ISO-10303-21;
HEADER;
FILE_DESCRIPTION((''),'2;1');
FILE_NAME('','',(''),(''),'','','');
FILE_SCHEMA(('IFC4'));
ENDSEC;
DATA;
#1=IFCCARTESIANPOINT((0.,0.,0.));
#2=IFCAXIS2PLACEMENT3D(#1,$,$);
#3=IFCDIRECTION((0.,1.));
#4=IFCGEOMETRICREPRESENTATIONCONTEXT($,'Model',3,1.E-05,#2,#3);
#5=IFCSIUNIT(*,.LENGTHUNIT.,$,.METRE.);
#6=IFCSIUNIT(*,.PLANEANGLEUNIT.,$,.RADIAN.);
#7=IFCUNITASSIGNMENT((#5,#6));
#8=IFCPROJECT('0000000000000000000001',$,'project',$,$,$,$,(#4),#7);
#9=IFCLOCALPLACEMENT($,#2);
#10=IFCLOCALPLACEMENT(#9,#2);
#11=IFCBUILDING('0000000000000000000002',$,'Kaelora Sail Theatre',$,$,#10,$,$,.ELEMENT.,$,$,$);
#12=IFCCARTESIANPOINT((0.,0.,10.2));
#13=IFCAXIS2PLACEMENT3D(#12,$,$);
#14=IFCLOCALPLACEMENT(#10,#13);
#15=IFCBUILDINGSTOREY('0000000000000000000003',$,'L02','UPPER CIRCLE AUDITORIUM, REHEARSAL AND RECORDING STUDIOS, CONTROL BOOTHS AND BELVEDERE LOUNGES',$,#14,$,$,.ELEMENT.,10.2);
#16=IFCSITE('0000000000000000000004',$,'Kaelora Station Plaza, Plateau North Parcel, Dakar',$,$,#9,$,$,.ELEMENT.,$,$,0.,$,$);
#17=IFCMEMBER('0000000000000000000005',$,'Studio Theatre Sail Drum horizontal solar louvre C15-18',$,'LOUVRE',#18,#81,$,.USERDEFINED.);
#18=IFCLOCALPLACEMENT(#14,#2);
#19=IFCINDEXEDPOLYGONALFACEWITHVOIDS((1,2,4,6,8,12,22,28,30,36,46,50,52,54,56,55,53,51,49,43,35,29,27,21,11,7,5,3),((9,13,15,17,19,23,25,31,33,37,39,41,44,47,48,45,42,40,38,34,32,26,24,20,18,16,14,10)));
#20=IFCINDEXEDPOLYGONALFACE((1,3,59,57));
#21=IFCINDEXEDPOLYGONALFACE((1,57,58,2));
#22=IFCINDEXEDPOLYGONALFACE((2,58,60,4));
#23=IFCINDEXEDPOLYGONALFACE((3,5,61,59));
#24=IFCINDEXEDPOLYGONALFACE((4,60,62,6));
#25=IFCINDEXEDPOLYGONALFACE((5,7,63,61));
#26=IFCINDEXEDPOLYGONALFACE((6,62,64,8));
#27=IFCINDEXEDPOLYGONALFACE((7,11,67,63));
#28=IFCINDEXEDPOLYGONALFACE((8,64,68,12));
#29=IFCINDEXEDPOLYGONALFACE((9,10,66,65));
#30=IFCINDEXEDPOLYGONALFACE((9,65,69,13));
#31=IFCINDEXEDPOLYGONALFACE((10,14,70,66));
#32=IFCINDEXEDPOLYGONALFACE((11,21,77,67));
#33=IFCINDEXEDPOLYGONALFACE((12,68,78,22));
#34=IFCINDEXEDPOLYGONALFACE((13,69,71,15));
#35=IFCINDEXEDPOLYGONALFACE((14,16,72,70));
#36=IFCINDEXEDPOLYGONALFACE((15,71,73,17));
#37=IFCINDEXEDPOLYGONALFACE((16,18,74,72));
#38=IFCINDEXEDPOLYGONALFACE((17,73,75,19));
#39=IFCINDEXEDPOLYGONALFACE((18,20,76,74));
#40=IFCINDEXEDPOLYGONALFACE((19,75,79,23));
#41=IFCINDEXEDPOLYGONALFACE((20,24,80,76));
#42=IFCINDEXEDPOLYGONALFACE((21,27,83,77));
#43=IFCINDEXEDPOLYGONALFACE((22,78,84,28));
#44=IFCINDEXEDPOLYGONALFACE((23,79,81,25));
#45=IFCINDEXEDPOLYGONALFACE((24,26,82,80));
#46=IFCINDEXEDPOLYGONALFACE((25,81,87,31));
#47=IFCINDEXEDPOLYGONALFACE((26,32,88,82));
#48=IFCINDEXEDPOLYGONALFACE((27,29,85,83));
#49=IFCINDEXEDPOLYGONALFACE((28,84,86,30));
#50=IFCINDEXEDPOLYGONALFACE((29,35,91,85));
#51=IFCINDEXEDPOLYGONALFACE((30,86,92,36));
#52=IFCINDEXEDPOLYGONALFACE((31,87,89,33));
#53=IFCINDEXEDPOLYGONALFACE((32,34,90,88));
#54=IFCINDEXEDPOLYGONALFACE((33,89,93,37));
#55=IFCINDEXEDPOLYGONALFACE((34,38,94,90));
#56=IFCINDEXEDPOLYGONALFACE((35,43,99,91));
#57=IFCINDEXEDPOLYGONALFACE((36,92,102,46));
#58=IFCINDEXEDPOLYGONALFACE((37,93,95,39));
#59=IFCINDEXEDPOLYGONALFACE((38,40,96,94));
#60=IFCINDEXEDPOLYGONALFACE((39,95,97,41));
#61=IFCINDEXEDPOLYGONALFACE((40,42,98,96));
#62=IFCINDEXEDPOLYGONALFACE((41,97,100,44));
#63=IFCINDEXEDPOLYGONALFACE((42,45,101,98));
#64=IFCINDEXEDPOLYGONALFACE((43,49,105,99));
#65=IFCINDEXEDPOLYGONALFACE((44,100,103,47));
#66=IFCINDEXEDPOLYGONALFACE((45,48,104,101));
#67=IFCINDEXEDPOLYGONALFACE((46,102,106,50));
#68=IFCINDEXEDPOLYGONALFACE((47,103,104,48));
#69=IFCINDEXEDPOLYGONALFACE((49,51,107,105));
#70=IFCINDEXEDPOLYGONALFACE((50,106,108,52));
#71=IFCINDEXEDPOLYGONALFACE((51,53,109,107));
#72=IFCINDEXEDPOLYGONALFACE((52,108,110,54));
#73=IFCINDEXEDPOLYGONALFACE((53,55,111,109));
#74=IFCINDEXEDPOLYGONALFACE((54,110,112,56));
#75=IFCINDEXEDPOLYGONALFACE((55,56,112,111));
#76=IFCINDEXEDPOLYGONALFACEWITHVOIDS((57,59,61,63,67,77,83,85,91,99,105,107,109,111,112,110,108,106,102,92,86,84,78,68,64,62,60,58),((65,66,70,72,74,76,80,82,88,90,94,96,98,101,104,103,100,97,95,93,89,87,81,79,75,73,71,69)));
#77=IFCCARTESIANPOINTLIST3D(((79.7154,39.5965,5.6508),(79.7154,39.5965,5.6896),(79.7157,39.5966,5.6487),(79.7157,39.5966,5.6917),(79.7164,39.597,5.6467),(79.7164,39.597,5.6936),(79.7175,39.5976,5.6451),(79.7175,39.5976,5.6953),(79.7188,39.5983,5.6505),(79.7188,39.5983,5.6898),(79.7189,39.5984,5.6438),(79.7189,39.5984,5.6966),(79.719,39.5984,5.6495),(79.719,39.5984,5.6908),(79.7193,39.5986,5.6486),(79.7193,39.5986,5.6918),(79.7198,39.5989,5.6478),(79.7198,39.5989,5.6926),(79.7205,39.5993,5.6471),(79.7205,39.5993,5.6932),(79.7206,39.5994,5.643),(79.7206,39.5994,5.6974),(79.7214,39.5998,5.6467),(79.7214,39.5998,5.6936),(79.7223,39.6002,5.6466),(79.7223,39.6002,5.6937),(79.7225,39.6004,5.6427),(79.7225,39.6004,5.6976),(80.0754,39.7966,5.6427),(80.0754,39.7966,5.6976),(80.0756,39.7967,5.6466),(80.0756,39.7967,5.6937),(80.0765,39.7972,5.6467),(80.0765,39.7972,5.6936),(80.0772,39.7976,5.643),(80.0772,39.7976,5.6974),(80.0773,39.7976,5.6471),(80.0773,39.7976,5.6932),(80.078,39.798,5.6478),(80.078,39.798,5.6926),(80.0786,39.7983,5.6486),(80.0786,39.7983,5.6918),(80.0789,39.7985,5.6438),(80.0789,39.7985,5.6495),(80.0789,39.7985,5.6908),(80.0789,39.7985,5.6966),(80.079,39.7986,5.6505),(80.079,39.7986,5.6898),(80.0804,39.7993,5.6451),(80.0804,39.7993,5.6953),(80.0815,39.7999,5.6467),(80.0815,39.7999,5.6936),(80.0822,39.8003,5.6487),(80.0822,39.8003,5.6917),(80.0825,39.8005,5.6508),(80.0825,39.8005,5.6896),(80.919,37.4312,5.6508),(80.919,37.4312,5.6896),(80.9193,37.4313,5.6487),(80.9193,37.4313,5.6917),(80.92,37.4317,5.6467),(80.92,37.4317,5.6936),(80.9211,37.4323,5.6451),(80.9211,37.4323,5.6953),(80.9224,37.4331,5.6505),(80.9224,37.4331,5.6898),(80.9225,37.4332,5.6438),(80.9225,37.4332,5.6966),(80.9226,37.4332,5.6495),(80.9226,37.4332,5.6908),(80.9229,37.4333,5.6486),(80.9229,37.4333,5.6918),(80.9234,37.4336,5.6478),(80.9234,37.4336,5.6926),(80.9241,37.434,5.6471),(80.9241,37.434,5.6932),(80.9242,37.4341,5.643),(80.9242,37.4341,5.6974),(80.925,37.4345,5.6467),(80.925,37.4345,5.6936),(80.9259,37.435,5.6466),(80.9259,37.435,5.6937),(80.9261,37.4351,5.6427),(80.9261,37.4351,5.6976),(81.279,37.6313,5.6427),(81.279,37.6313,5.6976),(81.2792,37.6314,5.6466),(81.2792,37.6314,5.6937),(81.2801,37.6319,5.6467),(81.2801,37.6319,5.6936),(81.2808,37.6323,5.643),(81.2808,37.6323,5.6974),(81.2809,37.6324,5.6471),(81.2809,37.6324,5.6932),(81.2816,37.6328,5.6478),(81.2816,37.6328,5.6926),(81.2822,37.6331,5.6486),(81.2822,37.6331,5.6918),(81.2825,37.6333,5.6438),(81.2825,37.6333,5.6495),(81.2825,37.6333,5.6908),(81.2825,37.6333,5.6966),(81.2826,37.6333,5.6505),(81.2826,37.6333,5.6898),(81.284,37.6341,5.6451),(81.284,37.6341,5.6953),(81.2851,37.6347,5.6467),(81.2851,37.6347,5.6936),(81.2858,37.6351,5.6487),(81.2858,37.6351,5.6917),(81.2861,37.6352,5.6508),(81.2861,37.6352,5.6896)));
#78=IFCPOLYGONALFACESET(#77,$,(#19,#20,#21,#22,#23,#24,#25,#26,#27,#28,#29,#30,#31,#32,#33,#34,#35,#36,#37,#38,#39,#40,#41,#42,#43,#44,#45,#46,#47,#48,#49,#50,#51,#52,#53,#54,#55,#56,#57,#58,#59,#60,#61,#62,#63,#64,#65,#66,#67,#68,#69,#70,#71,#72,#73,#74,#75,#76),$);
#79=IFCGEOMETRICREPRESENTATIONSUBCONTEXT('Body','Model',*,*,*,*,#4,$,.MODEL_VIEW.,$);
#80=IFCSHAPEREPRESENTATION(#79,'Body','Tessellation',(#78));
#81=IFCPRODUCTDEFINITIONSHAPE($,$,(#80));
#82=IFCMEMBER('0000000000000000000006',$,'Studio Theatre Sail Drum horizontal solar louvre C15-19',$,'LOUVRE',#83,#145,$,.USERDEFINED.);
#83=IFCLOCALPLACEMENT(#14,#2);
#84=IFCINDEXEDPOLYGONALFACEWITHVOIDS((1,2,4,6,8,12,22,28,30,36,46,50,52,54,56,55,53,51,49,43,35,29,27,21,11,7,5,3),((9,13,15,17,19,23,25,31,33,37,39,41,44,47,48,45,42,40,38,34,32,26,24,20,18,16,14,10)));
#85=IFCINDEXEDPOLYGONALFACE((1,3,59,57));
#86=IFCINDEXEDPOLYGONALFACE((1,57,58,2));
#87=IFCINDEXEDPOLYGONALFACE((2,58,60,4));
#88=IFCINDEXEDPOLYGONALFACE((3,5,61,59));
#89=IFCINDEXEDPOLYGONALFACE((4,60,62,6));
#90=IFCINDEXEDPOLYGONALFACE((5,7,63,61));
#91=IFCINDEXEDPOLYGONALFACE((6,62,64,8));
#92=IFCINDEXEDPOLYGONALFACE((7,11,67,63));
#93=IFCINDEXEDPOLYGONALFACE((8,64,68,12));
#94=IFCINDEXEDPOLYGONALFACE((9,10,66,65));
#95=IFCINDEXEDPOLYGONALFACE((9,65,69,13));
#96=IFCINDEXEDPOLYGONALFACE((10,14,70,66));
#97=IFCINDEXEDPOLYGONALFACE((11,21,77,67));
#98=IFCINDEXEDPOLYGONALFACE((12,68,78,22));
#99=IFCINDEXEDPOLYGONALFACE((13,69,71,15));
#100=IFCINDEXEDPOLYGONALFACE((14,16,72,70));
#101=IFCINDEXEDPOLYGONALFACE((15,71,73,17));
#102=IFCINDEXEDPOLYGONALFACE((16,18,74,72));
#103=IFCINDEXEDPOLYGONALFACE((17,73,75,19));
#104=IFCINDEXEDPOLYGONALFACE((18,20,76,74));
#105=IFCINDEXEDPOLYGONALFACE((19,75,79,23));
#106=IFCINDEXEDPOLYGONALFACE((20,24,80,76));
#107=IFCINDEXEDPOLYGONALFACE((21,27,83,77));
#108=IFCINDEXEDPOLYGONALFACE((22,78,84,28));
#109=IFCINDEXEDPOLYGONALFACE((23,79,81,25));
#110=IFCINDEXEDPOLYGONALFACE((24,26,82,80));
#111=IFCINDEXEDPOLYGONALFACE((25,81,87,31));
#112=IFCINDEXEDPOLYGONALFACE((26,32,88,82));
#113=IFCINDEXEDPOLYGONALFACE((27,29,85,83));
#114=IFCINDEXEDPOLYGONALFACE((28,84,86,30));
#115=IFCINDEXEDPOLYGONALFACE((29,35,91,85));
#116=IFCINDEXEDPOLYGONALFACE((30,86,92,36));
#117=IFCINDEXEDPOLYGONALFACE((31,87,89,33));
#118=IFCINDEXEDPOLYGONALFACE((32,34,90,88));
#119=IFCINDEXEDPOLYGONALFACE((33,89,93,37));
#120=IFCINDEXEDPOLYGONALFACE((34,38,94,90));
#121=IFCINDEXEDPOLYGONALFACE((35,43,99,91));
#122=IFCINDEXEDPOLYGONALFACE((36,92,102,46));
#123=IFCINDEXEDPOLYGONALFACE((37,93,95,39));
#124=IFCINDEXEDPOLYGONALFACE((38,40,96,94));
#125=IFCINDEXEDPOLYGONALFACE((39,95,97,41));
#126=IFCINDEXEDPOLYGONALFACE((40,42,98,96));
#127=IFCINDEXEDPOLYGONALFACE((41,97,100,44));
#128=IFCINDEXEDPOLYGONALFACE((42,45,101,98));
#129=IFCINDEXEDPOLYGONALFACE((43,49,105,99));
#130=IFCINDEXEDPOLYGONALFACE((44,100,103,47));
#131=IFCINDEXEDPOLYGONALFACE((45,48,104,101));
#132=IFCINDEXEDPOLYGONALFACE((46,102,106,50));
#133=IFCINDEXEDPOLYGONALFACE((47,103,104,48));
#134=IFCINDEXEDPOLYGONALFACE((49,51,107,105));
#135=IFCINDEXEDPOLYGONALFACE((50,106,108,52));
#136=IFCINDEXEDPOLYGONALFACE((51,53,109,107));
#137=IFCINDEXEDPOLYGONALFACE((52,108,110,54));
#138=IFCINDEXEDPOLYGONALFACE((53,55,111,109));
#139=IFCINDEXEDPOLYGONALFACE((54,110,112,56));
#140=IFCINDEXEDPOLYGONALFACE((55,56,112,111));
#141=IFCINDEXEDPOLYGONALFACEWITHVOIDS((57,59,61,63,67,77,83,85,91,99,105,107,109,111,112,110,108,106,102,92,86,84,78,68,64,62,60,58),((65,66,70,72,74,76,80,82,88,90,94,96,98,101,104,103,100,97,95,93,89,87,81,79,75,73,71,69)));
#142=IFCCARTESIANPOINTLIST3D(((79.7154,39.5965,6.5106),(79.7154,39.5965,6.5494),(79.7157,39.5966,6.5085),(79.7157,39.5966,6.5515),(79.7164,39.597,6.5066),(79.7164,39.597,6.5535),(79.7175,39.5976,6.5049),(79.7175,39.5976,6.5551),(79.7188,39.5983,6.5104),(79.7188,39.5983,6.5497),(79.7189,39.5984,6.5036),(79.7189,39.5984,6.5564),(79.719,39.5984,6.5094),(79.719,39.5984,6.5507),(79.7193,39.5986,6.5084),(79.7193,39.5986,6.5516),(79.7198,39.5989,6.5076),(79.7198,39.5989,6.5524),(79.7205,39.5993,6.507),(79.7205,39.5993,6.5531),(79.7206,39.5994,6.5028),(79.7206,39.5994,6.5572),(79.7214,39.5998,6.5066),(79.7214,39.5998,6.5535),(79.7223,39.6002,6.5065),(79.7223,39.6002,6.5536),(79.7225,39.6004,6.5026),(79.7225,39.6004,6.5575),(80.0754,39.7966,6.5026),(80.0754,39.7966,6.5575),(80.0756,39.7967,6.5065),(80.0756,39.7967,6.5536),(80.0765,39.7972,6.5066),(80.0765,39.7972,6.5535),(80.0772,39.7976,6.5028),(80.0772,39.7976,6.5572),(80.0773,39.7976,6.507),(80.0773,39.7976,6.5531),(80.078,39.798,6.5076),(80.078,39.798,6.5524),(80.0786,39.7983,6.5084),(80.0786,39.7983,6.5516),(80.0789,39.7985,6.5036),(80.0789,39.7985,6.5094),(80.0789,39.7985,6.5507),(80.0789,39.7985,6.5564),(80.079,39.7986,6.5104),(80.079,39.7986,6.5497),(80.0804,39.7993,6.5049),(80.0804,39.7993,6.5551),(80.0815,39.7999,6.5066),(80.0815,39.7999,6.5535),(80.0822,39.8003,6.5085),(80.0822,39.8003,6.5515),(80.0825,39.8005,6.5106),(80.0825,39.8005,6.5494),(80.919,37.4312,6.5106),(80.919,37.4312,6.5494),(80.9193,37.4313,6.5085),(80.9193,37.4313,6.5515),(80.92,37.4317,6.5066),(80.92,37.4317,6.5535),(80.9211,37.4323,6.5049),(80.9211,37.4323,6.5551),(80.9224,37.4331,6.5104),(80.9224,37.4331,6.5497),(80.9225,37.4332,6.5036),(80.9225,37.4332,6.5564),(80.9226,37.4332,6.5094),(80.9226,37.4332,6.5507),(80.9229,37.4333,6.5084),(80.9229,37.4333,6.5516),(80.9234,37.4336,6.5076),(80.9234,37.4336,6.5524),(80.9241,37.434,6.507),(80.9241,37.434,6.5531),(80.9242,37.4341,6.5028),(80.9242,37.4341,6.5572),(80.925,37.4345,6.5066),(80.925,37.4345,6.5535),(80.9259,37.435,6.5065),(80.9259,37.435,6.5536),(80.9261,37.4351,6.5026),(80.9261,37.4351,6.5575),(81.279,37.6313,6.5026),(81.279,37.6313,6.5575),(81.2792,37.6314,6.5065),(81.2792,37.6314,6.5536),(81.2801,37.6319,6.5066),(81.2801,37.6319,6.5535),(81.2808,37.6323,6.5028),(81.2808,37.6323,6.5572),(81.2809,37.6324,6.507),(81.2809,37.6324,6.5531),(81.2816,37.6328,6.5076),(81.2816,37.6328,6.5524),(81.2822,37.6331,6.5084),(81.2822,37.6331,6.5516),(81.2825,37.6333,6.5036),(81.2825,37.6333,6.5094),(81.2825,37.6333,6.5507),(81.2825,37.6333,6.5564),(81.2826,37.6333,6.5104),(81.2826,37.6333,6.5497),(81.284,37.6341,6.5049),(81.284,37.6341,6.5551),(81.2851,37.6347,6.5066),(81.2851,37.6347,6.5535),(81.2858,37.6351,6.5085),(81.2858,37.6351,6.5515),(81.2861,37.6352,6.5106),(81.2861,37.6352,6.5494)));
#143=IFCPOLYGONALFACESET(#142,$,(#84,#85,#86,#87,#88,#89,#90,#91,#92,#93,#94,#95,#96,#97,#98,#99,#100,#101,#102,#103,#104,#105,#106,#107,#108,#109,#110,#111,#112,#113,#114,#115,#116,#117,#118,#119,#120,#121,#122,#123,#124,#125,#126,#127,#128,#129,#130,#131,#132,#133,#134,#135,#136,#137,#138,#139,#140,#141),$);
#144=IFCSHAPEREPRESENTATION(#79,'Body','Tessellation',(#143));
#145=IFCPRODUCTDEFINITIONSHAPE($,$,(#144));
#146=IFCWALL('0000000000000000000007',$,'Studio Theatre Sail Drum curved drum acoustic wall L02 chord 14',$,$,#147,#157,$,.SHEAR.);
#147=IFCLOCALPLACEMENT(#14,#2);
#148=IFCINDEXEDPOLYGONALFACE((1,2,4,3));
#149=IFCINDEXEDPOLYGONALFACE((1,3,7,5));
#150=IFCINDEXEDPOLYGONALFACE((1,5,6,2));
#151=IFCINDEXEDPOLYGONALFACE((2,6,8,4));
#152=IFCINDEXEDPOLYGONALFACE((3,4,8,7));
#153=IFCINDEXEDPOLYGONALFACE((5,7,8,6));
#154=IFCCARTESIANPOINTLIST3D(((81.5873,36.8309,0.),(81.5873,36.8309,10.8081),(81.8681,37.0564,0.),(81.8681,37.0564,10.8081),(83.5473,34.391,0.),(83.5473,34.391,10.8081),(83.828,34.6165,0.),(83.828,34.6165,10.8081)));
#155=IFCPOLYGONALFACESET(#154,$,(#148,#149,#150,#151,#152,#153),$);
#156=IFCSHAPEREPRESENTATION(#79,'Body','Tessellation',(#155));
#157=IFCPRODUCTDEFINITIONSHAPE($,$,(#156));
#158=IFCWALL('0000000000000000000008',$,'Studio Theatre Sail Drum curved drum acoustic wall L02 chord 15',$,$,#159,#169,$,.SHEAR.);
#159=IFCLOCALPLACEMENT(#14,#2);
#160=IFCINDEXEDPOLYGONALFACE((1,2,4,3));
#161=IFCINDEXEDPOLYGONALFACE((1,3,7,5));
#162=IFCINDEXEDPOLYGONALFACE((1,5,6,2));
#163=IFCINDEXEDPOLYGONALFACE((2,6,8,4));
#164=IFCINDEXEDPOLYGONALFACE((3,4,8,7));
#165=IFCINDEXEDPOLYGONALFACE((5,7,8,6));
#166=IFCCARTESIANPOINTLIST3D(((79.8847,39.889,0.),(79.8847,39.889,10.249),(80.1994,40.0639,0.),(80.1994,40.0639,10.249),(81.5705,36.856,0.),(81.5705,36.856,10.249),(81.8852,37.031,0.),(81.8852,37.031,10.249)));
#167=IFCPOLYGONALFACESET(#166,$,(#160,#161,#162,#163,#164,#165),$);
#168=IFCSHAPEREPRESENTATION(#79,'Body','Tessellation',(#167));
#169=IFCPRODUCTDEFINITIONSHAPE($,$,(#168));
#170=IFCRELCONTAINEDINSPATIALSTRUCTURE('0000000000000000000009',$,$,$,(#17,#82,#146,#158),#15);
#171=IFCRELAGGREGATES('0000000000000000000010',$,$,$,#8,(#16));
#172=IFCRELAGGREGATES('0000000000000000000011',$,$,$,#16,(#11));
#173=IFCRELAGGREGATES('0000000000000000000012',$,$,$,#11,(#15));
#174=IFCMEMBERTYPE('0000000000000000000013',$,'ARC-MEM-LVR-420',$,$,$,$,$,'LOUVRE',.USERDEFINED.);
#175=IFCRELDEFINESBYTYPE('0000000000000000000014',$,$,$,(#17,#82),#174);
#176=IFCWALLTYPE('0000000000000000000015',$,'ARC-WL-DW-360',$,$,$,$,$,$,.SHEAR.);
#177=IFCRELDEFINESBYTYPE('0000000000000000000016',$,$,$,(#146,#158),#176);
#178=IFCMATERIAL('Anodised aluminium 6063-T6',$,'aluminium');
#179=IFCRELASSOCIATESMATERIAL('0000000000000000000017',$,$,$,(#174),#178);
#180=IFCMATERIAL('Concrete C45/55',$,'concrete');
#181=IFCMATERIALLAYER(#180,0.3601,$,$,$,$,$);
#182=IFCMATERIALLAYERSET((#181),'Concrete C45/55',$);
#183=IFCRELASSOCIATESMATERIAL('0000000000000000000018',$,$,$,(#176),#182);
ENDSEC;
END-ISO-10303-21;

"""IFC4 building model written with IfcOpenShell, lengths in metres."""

from ifc_helpers import new_model, si_unit, direction, frame, frame_2d, origin, origin_2d, place, context, subcontext, project, spatial, rectangle, hollow_rectangle, extrude, material, layer, layer_set, material_profile, profile_set, type_object, element, save


model = new_model("IFC4")

# Units and contexts
model_context = context("Model", 3, precision=1e-05, world=origin(), true_north=direction((0.0, 1.0)))
body_context = subcontext(model_context, "Body", "Model", "MODEL_VIEW")
ifc_project = project(units=[si_unit("LENGTHUNIT", "METRE"), si_unit("PLANEANGLEUNIT", "RADIAN")], contexts=[model_context])

# Site, building, storey
site_placement = place(None, origin())
site = spatial("IfcSite", under=ifc_project, at=site_placement, Name="Kaelora Station Plaza, Plateau North Parcel, Dakar", CompositionType="ELEMENT", RefElevation=0.0)
building_placement = place(site_placement, origin())
building = spatial("IfcBuilding", under=site, at=building_placement, Name="Kaelora Sail Theatre", CompositionType="ELEMENT")
storey_placement = place(building_placement, frame((0.0, 0.0, 10.2)))
storey = spatial("IfcBuildingStorey", under=building, at=storey_placement, Name="L02", Description="UPPER CIRCLE AUDITORIUM, REHEARSAL AND RECORDING STUDIOS, CONTROL BOOTHS AND BELVEDERE LOUNGES", CompositionType="ELEMENT", Elevation=10.2)

# Members
ifc_material_1 = material(Name="Anodised aluminium 6063-T6", Category="aluminium")
ifc_material_profile_1 = material_profile(ifc_material_1, hollow_rectangle(XDim=0.4199, YDim=0.0549, WallThickness=0.0039, InnerFilletRadius=0.0039, OuterFilletRadius=0.0081, at=origin_2d()), Name="LOUVRE 420x55x4")
ifc_profile_set_1 = profile_set([ifc_material_profile_1], Name="Anodised aluminium 6063-T6")
member_type = type_object("IfcMemberType", Name="ARC-MEM-LVR-420", ElementType="LOUVRE", PredefinedType="USERDEFINED", material=ifc_profile_set_1)
for number, where, z_axis, x_axis, name in (
    (1, (81.1025, 37.5332, 5.6702), (-0.485852, 0.874041, 0.0), (-0.874041, -0.485852, 0.0), "Studio Theatre Sail Drum horizontal solar louvre C15-18"),
    (2, (81.1025, 37.5332, 6.53), (-0.485852, 0.874041, 0.0), (-0.874041, -0.485852, 0.0), "Studio Theatre Sail Drum horizontal solar louvre C15-19"),
):
    element("IfcMember", number, at=place(storey_placement, frame(where, z_axis=z_axis, x_axis=x_axis)), inside=storey, type_object=member_type, Name=name, ObjectType="LOUVRE", PredefinedType="USERDEFINED", context=body_context, shape_type="SweptSolid", body=[
        extrude(hollow_rectangle(XDim=0.4199, YDim=0.0549, WallThickness=0.0039, InnerFilletRadius=0.0039, OuterFilletRadius=0.0081, at=origin_2d()), origin(), (0.0, 0.0, 1.0), 2.4773),
    ])

# Walls
ifc_material_2 = material(Name="Concrete C45/55", Category="concrete")
ifc_layer = layer(ifc_material_2, 0.3601)
ifc_layer_set = layer_set([ifc_layer], Name="Concrete C45/55")
wall_type = type_object("IfcWallType", Name="ARC-WL-DW-360", PredefinedType="SHEAR", material=ifc_layer_set)
wall_1_placement = place(storey_placement, frame((83.6877, 34.5037, 0.0), z_axis=(0.0, 0.0, 1.0), x_axis=(-0.626254, 0.779619, 0.0)))
element("IfcWall", 3, at=wall_1_placement, inside=storey, type_object=wall_type, Name="Studio Theatre Sail Drum curved drum acoustic wall L02 chord 14", PredefinedType="SHEAR", context=body_context, shape_type="SweptSolid", body=[
    extrude(rectangle(XDim=3.1296, YDim=0.3601, at=frame_2d((1.5649, 0.0))), origin(), (0.0, 0.0, 1.0), 10.8081),
])
wall_2_placement = place(storey_placement, frame((81.7278, 36.9436, 0.0), z_axis=(0.0, 0.0, 1.0), x_axis=(-0.485822, 0.874058, 0.0)))
element("IfcWall", 4, at=wall_2_placement, inside=storey, type_object=wall_type, Name="Studio Theatre Sail Drum curved drum acoustic wall L02 chord 15", PredefinedType="SHEAR", context=body_context, shape_type="SweptSolid", body=[
    extrude(rectangle(XDim=3.47, YDim=0.3601, at=frame_2d((1.7349, 0.0))), origin(), (0.0, 0.0, 1.0), 10.249),
])

save(model, "model.ifc")
